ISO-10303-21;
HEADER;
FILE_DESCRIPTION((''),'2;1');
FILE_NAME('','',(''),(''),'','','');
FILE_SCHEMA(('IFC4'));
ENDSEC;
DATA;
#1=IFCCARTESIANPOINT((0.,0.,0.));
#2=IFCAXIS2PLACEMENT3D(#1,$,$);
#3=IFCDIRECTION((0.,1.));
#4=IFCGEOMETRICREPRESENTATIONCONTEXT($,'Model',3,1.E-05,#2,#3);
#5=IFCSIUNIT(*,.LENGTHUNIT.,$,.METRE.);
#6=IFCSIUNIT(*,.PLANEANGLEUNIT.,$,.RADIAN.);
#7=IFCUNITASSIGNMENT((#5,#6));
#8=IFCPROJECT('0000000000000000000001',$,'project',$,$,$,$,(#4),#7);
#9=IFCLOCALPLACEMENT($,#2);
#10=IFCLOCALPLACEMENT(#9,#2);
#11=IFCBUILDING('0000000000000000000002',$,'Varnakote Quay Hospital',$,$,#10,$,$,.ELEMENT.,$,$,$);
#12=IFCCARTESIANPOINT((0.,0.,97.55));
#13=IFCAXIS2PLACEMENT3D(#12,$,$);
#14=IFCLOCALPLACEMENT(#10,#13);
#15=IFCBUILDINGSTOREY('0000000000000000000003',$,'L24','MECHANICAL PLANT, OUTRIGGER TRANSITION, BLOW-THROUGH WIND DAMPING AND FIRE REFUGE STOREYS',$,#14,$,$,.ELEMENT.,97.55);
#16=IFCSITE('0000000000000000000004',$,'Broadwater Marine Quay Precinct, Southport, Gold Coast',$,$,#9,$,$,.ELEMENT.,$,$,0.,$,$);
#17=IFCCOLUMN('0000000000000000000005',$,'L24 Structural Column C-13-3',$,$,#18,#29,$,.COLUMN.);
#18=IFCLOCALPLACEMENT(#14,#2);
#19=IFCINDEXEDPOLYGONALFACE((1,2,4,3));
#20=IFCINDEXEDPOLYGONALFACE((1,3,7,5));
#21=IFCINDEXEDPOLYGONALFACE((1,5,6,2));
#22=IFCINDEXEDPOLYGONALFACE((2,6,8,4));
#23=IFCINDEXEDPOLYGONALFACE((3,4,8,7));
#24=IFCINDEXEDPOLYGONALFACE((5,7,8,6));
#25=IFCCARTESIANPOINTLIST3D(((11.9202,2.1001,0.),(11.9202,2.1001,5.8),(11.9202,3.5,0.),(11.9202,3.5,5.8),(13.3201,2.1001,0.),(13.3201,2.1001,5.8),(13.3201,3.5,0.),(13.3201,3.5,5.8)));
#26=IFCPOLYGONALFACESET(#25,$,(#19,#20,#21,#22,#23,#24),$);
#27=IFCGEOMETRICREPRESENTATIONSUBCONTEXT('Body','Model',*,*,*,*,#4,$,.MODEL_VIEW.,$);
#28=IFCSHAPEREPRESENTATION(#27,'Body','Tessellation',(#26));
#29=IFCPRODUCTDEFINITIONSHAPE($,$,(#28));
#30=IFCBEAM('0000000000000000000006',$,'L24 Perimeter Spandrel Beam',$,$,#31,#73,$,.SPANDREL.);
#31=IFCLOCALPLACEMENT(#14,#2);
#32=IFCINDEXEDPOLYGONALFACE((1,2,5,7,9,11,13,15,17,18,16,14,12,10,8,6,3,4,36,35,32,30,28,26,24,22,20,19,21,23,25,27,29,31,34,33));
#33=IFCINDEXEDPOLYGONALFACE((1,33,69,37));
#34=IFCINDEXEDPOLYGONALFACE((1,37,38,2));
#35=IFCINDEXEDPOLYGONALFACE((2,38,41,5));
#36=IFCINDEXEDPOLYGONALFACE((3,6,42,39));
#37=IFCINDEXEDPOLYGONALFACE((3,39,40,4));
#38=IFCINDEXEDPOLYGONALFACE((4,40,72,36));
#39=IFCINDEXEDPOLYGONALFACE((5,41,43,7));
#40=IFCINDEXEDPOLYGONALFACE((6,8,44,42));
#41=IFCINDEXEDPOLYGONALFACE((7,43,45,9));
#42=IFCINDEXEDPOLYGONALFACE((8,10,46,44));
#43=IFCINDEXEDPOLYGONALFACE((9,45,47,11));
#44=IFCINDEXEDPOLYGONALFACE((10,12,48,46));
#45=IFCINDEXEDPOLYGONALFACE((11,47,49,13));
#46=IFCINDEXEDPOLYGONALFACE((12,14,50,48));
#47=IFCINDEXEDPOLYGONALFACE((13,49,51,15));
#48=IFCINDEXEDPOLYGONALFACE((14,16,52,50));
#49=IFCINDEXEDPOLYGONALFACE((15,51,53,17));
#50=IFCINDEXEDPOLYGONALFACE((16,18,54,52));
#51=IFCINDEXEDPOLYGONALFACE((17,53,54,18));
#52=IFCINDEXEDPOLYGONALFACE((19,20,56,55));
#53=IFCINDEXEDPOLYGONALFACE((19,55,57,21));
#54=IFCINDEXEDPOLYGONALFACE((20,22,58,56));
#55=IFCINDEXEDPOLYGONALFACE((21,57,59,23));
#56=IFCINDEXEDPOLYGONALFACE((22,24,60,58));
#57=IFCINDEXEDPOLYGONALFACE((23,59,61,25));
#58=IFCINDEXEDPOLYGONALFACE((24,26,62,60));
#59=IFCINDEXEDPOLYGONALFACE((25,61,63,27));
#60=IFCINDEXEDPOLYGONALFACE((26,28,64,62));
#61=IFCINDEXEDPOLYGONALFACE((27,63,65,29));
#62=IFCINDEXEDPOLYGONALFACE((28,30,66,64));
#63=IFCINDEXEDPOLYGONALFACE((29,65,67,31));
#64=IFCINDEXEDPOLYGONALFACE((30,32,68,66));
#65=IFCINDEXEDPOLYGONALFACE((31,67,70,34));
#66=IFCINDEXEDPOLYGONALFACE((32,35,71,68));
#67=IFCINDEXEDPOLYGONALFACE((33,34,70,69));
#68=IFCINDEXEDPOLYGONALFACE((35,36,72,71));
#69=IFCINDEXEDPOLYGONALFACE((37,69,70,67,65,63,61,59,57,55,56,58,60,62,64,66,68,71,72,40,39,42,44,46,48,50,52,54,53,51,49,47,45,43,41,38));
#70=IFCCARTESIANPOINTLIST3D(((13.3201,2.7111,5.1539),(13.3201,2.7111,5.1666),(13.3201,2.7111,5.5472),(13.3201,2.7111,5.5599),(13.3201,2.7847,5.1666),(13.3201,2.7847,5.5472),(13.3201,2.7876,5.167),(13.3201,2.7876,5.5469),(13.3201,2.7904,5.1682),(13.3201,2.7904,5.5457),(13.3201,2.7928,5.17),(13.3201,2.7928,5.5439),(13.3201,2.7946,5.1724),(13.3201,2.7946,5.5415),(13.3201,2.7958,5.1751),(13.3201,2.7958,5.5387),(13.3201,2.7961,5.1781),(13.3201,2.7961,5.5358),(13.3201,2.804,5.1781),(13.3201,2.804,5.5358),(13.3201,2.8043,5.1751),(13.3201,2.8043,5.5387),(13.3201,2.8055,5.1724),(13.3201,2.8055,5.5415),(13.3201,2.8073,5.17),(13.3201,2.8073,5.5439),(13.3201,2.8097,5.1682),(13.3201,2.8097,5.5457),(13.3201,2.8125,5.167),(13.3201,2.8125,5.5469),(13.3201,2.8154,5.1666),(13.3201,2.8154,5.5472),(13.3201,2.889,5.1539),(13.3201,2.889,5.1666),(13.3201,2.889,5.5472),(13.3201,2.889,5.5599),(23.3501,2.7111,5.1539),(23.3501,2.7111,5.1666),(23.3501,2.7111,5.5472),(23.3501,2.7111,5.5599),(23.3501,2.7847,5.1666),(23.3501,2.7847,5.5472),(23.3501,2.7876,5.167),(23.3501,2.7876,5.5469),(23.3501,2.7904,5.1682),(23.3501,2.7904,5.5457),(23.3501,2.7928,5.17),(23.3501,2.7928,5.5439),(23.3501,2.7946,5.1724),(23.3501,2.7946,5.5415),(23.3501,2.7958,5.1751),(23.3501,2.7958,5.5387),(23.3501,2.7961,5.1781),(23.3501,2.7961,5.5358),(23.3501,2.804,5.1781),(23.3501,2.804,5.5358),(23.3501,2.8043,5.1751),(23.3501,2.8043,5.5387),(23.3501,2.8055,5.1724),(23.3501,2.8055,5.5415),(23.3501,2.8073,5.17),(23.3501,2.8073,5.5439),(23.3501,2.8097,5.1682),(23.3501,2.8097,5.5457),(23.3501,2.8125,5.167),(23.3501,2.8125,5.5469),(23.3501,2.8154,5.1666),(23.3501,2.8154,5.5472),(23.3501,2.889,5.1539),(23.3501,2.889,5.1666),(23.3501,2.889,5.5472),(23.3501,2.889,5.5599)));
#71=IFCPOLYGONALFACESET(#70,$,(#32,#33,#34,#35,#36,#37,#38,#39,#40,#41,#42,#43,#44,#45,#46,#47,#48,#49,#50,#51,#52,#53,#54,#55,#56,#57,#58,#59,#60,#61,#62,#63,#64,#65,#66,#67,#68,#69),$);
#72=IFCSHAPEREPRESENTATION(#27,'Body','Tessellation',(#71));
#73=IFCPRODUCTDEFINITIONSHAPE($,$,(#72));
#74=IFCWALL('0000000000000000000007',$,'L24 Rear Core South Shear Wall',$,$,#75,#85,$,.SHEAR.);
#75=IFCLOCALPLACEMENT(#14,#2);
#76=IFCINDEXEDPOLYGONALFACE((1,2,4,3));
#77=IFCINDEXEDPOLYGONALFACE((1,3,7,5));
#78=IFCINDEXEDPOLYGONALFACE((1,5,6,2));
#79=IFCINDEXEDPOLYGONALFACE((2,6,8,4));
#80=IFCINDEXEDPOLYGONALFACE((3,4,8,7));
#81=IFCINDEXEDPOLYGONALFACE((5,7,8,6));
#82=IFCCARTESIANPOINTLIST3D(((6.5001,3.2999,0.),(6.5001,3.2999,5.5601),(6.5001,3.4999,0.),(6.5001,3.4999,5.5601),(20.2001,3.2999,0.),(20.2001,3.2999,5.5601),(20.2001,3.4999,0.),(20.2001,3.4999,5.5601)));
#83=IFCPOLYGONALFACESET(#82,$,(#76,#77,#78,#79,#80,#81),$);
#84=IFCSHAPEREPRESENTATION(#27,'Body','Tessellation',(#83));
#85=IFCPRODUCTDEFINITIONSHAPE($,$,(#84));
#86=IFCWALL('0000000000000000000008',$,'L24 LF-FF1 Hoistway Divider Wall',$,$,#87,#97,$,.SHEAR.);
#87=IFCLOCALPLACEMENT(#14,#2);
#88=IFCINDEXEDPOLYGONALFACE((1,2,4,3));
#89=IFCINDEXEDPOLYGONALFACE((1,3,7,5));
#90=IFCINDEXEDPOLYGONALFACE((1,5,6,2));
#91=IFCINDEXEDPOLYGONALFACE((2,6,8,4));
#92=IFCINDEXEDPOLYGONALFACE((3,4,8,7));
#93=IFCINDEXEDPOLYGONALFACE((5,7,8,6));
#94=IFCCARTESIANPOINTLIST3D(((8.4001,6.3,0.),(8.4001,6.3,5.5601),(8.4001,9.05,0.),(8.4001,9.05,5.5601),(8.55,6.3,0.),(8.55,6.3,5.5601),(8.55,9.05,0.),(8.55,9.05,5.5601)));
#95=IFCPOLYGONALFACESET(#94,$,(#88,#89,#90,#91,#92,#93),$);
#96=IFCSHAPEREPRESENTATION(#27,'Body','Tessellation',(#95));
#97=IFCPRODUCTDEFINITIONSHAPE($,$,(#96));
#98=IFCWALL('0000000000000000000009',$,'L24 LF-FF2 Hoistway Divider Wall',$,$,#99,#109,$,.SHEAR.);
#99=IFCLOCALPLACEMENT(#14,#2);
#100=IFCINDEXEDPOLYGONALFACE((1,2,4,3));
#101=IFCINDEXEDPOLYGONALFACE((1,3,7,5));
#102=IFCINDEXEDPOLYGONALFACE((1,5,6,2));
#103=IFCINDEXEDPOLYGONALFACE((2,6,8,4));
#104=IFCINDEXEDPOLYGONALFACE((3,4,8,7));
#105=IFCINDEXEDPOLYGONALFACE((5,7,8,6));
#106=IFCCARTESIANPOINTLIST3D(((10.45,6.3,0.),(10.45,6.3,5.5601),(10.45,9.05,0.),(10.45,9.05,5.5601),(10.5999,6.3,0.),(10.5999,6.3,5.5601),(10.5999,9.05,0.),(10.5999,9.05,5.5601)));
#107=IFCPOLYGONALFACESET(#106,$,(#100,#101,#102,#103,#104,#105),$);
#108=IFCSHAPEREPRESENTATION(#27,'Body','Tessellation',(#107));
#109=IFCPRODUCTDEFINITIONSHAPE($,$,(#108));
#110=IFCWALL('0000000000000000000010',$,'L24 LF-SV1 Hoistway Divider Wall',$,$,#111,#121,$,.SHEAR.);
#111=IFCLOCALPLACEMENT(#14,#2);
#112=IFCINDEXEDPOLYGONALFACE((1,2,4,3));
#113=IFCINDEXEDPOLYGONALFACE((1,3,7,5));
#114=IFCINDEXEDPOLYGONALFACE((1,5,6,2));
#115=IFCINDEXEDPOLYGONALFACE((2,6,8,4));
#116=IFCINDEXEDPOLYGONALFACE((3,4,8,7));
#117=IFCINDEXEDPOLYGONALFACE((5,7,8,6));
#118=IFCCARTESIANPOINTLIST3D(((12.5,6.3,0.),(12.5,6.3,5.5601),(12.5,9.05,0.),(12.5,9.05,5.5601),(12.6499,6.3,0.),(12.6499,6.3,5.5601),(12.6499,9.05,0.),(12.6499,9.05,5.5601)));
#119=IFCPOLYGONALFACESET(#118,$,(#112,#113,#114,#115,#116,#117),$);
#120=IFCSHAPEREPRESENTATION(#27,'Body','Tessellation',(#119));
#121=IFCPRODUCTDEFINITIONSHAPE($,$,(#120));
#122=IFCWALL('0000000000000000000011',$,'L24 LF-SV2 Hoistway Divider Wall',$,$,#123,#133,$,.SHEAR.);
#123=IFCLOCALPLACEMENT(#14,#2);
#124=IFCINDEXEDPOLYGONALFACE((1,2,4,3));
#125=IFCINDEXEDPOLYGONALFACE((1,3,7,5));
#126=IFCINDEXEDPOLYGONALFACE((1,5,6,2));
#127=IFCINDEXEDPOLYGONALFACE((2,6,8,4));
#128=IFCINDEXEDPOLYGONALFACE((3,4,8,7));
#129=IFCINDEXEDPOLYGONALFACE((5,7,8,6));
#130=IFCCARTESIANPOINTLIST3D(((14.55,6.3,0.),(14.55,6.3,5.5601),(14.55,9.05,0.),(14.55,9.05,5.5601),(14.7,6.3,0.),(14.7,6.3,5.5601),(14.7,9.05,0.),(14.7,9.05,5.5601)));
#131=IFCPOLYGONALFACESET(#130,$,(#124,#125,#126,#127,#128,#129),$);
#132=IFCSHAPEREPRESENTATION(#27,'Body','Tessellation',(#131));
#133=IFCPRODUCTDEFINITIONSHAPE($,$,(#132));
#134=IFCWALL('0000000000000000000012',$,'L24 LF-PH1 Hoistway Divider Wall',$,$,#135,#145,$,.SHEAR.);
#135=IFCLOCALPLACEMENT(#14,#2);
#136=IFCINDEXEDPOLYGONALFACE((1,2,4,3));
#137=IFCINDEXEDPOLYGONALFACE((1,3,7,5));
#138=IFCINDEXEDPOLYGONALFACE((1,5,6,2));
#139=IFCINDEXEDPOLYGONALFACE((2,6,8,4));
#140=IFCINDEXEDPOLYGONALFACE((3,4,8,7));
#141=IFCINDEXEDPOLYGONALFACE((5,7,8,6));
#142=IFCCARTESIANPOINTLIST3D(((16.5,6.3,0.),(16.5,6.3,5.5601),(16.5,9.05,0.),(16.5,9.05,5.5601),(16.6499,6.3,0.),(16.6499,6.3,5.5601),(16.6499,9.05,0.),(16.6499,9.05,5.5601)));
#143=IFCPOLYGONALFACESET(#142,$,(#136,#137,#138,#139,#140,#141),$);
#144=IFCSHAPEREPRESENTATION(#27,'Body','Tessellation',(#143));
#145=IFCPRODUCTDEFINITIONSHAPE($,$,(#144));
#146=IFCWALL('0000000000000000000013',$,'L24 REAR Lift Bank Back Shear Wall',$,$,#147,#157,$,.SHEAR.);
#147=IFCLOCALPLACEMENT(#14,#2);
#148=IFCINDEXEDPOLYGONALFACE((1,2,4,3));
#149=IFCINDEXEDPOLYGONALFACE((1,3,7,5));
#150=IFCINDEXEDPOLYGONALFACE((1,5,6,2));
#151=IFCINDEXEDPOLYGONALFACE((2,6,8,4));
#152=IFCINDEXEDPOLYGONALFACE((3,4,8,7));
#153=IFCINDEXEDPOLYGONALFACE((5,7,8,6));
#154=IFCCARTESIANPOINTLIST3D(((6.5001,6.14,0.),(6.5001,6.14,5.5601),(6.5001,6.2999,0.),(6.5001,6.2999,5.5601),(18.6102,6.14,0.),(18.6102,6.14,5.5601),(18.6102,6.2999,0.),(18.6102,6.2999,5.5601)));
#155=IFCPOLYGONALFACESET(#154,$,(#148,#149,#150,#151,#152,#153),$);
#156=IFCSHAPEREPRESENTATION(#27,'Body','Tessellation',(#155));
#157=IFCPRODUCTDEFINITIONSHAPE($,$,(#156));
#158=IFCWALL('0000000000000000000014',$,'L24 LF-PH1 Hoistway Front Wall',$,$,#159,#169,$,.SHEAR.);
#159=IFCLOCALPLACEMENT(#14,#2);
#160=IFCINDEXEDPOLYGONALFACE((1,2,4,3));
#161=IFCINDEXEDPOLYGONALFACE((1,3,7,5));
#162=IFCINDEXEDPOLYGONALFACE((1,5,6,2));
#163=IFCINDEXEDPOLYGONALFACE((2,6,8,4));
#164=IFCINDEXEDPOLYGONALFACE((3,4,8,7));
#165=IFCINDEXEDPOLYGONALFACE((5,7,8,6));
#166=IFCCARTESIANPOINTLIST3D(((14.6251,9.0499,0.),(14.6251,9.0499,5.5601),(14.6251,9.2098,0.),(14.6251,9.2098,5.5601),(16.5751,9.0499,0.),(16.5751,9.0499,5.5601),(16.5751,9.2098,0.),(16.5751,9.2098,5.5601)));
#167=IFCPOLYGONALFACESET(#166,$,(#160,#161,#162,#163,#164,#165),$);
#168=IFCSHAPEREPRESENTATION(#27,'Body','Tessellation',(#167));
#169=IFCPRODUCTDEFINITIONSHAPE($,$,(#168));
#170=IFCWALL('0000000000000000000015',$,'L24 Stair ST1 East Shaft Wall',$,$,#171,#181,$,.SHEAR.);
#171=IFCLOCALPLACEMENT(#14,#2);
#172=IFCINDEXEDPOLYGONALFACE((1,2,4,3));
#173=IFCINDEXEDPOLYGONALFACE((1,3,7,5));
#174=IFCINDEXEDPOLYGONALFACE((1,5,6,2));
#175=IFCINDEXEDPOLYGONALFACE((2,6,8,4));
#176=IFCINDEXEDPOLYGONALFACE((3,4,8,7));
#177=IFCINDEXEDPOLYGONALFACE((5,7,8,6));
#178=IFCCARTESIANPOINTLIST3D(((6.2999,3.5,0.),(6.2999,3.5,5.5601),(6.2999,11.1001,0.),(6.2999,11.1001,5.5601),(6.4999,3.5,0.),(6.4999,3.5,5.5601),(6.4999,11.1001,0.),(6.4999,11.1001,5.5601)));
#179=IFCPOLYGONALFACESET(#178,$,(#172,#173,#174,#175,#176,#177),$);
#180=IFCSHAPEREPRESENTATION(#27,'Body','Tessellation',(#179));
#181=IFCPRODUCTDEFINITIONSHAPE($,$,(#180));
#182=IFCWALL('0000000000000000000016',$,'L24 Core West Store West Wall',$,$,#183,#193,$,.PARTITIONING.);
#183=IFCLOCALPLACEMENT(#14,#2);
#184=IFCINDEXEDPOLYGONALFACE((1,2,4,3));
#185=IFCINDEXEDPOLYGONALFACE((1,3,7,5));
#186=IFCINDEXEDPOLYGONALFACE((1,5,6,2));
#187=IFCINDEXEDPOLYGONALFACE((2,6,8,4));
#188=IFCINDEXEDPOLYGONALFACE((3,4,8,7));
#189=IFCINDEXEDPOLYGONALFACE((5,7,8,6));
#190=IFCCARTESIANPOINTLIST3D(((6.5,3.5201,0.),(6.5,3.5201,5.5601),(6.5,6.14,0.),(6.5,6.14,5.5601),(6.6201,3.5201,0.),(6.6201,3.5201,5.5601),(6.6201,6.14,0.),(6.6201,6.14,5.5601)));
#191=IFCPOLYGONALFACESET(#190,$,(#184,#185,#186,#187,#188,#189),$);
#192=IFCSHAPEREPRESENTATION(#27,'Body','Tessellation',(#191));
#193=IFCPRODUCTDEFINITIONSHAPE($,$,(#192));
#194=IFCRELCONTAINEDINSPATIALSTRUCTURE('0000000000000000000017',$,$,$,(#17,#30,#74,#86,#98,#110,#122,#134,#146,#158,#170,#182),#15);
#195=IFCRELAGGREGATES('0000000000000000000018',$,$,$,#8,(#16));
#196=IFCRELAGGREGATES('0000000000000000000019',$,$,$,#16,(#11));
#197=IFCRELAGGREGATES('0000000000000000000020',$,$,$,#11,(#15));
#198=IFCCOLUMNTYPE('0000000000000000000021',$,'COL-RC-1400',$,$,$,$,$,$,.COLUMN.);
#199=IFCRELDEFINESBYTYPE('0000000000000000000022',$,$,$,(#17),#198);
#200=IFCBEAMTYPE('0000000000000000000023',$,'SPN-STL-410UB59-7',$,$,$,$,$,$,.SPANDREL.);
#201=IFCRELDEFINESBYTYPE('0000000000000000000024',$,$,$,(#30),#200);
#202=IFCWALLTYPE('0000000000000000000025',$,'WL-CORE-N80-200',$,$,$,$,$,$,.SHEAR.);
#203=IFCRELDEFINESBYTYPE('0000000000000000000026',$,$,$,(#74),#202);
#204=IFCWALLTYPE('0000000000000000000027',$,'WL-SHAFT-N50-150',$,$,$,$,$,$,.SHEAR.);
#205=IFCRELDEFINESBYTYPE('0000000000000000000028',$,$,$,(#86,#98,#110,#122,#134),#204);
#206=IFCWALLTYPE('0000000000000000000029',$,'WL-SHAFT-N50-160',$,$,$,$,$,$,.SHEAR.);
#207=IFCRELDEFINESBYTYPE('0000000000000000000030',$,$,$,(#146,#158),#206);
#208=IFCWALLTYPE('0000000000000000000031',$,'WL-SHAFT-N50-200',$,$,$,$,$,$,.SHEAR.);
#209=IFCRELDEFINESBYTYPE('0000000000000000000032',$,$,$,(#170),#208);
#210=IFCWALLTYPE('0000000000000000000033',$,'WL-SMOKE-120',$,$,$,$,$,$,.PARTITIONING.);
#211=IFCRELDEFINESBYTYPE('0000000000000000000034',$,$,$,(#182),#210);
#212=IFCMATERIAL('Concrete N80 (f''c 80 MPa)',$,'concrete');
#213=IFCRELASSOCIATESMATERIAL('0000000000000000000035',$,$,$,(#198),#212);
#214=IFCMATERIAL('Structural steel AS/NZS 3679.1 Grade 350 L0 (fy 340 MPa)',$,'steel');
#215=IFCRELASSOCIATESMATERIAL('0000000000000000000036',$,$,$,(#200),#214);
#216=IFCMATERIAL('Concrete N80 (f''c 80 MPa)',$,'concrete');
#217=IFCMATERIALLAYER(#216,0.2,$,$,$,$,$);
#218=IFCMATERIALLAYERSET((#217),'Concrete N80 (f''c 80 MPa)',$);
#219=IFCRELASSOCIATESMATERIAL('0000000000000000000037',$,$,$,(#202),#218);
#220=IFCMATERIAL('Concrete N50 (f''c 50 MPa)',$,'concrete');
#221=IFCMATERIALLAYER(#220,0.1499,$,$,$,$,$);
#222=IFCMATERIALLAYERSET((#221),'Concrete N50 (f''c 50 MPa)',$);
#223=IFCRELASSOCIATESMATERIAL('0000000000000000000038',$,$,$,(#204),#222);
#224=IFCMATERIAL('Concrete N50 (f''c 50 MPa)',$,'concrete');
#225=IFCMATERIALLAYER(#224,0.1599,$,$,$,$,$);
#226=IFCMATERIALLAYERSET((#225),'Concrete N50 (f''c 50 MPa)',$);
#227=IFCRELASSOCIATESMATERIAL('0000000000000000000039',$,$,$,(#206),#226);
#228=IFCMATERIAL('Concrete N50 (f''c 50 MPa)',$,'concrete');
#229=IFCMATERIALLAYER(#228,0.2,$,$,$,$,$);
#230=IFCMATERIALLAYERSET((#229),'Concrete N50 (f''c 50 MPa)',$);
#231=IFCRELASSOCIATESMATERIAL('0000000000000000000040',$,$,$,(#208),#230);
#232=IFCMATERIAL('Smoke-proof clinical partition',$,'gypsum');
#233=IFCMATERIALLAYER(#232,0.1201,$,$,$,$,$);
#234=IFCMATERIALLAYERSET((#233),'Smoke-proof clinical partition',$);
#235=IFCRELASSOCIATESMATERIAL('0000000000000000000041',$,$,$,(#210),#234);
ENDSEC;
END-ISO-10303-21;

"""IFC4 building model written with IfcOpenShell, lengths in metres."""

from ifc_helpers import new_model, si_unit, direction, frame, frame_2d, origin, origin_2d, place, context, subcontext, project, spatial, rectangle, i_section, extrude, material, layer, layer_set, material_profile, profile_set, type_object, element, save


model = new_model("IFC4")

# Units and contexts
model_context = context("Model", 3, precision=1e-05, world=origin(), true_north=direction((0.0, 1.0)))
body_context = subcontext(model_context, "Body", "Model", "MODEL_VIEW")
ifc_project = project(units=[si_unit("LENGTHUNIT", "METRE"), si_unit("PLANEANGLEUNIT", "RADIAN")], contexts=[model_context])

# Site, building, storey
site_placement = place(None, origin())
site = spatial("IfcSite", under=ifc_project, at=site_placement, Name="Broadwater Marine Quay Precinct, Southport, Gold Coast", CompositionType="ELEMENT", RefElevation=0.0)
building_placement = place(site_placement, origin())
building = spatial("IfcBuilding", under=site, at=building_placement, Name="Varnakote Quay Hospital", CompositionType="ELEMENT")
storey_placement = place(building_placement, frame((0.0, 0.0, 97.55)))
storey = spatial("IfcBuildingStorey", under=building, at=storey_placement, Name="L24", Description="MECHANICAL PLANT, OUTRIGGER TRANSITION, BLOW-THROUGH WIND DAMPING AND FIRE REFUGE STOREYS", CompositionType="ELEMENT", Elevation=97.55)

# Column
ifc_material_1 = material(Name="Concrete N80 (f'c 80 MPa)", Category="concrete")
ifc_material_profile_1 = material_profile(ifc_material_1, rectangle(XDim=1.3999, YDim=1.3999, at=origin_2d()), Name="RC-COL-1400x1400")
ifc_profile_set_1 = profile_set([ifc_material_profile_1], Name="Concrete N80 (f'c 80 MPa)")
column_type = type_object("IfcColumnType", Name="COL-RC-1400", PredefinedType="COLUMN", material=ifc_profile_set_1)
column_placement = place(storey_placement, frame((12.6201, 2.8, 0.0), z_axis=(0.0, 0.0, 1.0), x_axis=(1.0, 0.0, 0.0)))
element("IfcColumn", 1, at=column_placement, inside=storey, type_object=column_type, Name="L24 Structural Column C-13-3", PredefinedType="COLUMN", context=body_context, shape_type="SweptSolid", body=[
    extrude(rectangle(XDim=1.3999, YDim=1.3999, at=origin_2d()), origin(), (0.0, 0.0, 1.0), 5.8),
])

# Beam
ifc_material_2 = material(Name="Structural steel AS/NZS 3679.1 Grade 350 L0 (fy 340 MPa)", Category="steel")
ifc_material_profile_2 = material_profile(ifc_material_2, i_section(OverallWidth=0.178, OverallDepth=0.406, WebThickness=0.0078, FlangeThickness=0.0127, FilletRadius=0.0115, at=origin_2d()), Name="410UB59.7")
ifc_profile_set_2 = profile_set([ifc_material_profile_2], Name="Structural steel AS/NZS 3679.1 Grade 350 L0 (fy 340 MPa)")
beam_type = type_object("IfcBeamType", Name="SPN-STL-410UB59-7", PredefinedType="SPANDREL", material=ifc_profile_set_2)
beam_placement = place(storey_placement, frame((13.3201, 2.8, 5.3569), z_axis=(1.0, 0.0, 0.0), x_axis=(0.0, 1.0, 0.0)))
element("IfcBeam", 2, at=beam_placement, inside=storey, type_object=beam_type, Name="L24 Perimeter Spandrel Beam", PredefinedType="SPANDREL", context=body_context, shape_type="SweptSolid", body=[
    extrude(i_section(OverallWidth=0.178, OverallDepth=0.406, WebThickness=0.0078, FlangeThickness=0.0127, FilletRadius=0.0115, at=origin_2d()), origin(), (0.0, 0.0, 1.0), 10.03),
])

# Walls
ifc_material_3 = material(Name="Concrete N80 (f'c 80 MPa)", Category="concrete")
ifc_layer_1 = layer(ifc_material_3, 0.2)
ifc_layer_set_1 = layer_set([ifc_layer_1], Name="Concrete N80 (f'c 80 MPa)")
wall_type_1 = type_object("IfcWallType", Name="WL-CORE-N80-200", PredefinedType="SHEAR", material=ifc_layer_set_1)
wall_1_placement = place(storey_placement, frame((6.5, 3.3999, 0.0), z_axis=(0.0, 0.0, 1.0), x_axis=(1.0, 0.0, 0.0)))
element("IfcWall", 3, at=wall_1_placement, inside=storey, type_object=wall_type_1, Name="L24 Rear Core South Shear Wall", PredefinedType="SHEAR", context=body_context, shape_type="SweptSolid", body=[
    extrude(rectangle(XDim=13.7, YDim=0.2, at=frame_2d((6.8501, 0.0))), origin(), (0.0, 0.0, 1.0), 5.5601),
])
ifc_material_4 = material(Name="Concrete N50 (f'c 50 MPa)", Category="concrete")
ifc_layer_2 = layer(ifc_material_4, 0.1499)
ifc_layer_set_2 = layer_set([ifc_layer_2], Name="Concrete N50 (f'c 50 MPa)")
wall_type_2 = type_object("IfcWallType", Name="WL-SHAFT-N50-150", PredefinedType="SHEAR", material=ifc_layer_set_2)
for number, where, z_axis, x_axis, name in (
    (4, (8.4751, 6.3, 0.0), (0.0, 0.0, 1.0), (0.0, 1.0, 0.0), "L24 LF-FF1 Hoistway Divider Wall"),
    (5, (10.5249, 6.3, 0.0), (0.0, 0.0, 1.0), (0.0, 1.0, 0.0), "L24 LF-FF2 Hoistway Divider Wall"),
    (6, (12.575, 6.3, 0.0), (0.0, 0.0, 1.0), (0.0, 1.0, 0.0), "L24 LF-SV1 Hoistway Divider Wall"),
    (7, (14.625, 6.3, 0.0), (0.0, 0.0, 1.0), (0.0, 1.0, 0.0), "L24 LF-SV2 Hoistway Divider Wall"),
    (8, (16.575, 6.3, 0.0), (0.0, 0.0, 1.0), (0.0, 1.0, 0.0), "L24 LF-PH1 Hoistway Divider Wall"),
):
    element("IfcWall", number, at=place(storey_placement, frame(where, z_axis=z_axis, x_axis=x_axis)), inside=storey, type_object=wall_type_2, Name=name, PredefinedType="SHEAR", context=body_context, shape_type="SweptSolid", body=[
        extrude(rectangle(XDim=2.75, YDim=0.1499, at=frame_2d((1.375, 0.0))), origin(), (0.0, 0.0, 1.0), 5.5601),
    ])
ifc_material_5 = material(Name="Concrete N50 (f'c 50 MPa)", Category="concrete")
ifc_layer_3 = layer(ifc_material_5, 0.1599)
ifc_layer_set_3 = layer_set([ifc_layer_3], Name="Concrete N50 (f'c 50 MPa)")
wall_type_3 = type_object("IfcWallType", Name="WL-SHAFT-N50-160", PredefinedType="SHEAR", material=ifc_layer_set_3)
wall_2_placement = place(storey_placement, frame((6.5, 6.22, 0.0), z_axis=(0.0, 0.0, 1.0), x_axis=(1.0, 0.0, 0.0)))
element("IfcWall", 9, at=wall_2_placement, inside=storey, type_object=wall_type_3, Name="L24 REAR Lift Bank Back Shear Wall", PredefinedType="SHEAR", context=body_context, shape_type="SweptSolid", body=[
    extrude(rectangle(XDim=12.1101, YDim=0.1599, at=frame_2d((6.0552, 0.0))), origin(), (0.0, 0.0, 1.0), 5.5601),
])

# Walls
wall_3_placement = place(storey_placement, frame((14.625, 9.1299, 0.0), z_axis=(0.0, 0.0, 1.0), x_axis=(1.0, 0.0, 0.0)))
element("IfcWall", 10, at=wall_3_placement, inside=storey, type_object=wall_type_3, Name="L24 LF-PH1 Hoistway Front Wall", PredefinedType="SHEAR", context=body_context, shape_type="SweptSolid", body=[
    extrude(rectangle(XDim=1.95, YDim=0.1599, at=frame_2d((0.9751, 0.0))), origin(), (0.0, 0.0, 1.0), 5.5601),
])
ifc_material_6 = material(Name="Concrete N50 (f'c 50 MPa)", Category="concrete")
ifc_layer_4 = layer(ifc_material_6, 0.2)
ifc_layer_set_4 = layer_set([ifc_layer_4], Name="Concrete N50 (f'c 50 MPa)")
wall_type_4 = type_object("IfcWallType", Name="WL-SHAFT-N50-200", PredefinedType="SHEAR", material=ifc_layer_set_4)
wall_4_placement = place(storey_placement, frame((6.3999, 3.5, 0.0), z_axis=(0.0, 0.0, 1.0), x_axis=(0.0, 1.0, 0.0)))
element("IfcWall", 11, at=wall_4_placement, inside=storey, type_object=wall_type_4, Name="L24 Stair ST1 East Shaft Wall", PredefinedType="SHEAR", context=body_context, shape_type="SweptSolid", body=[
    extrude(rectangle(XDim=7.6001, YDim=0.2, at=frame_2d((3.8, 0.0))), origin(), (0.0, 0.0, 1.0), 5.5601),
])
ifc_material_7 = material(Name="Smoke-proof clinical partition", Category="gypsum")
ifc_layer_5 = layer(ifc_material_7, 0.1201)
ifc_layer_set_5 = layer_set([ifc_layer_5], Name="Smoke-proof clinical partition")
wall_type_5 = type_object("IfcWallType", Name="WL-SMOKE-120", PredefinedType="PARTITIONING", material=ifc_layer_set_5)
wall_5_placement = place(storey_placement, frame((6.5601, 3.52, 0.0), z_axis=(0.0, 0.0, 1.0), x_axis=(0.0, 1.0, 0.0)))
element("IfcWall", 12, at=wall_5_placement, inside=storey, type_object=wall_type_5, Name="L24 Core West Store West Wall", PredefinedType="PARTITIONING", context=body_context, shape_type="SweptSolid", body=[
    extrude(rectangle(XDim=2.6199, YDim=0.1201, at=frame_2d((1.3101, 0.0))), origin(), (0.0, 0.0, 1.0), 5.5601),
])

save(model, "model.ifc")
